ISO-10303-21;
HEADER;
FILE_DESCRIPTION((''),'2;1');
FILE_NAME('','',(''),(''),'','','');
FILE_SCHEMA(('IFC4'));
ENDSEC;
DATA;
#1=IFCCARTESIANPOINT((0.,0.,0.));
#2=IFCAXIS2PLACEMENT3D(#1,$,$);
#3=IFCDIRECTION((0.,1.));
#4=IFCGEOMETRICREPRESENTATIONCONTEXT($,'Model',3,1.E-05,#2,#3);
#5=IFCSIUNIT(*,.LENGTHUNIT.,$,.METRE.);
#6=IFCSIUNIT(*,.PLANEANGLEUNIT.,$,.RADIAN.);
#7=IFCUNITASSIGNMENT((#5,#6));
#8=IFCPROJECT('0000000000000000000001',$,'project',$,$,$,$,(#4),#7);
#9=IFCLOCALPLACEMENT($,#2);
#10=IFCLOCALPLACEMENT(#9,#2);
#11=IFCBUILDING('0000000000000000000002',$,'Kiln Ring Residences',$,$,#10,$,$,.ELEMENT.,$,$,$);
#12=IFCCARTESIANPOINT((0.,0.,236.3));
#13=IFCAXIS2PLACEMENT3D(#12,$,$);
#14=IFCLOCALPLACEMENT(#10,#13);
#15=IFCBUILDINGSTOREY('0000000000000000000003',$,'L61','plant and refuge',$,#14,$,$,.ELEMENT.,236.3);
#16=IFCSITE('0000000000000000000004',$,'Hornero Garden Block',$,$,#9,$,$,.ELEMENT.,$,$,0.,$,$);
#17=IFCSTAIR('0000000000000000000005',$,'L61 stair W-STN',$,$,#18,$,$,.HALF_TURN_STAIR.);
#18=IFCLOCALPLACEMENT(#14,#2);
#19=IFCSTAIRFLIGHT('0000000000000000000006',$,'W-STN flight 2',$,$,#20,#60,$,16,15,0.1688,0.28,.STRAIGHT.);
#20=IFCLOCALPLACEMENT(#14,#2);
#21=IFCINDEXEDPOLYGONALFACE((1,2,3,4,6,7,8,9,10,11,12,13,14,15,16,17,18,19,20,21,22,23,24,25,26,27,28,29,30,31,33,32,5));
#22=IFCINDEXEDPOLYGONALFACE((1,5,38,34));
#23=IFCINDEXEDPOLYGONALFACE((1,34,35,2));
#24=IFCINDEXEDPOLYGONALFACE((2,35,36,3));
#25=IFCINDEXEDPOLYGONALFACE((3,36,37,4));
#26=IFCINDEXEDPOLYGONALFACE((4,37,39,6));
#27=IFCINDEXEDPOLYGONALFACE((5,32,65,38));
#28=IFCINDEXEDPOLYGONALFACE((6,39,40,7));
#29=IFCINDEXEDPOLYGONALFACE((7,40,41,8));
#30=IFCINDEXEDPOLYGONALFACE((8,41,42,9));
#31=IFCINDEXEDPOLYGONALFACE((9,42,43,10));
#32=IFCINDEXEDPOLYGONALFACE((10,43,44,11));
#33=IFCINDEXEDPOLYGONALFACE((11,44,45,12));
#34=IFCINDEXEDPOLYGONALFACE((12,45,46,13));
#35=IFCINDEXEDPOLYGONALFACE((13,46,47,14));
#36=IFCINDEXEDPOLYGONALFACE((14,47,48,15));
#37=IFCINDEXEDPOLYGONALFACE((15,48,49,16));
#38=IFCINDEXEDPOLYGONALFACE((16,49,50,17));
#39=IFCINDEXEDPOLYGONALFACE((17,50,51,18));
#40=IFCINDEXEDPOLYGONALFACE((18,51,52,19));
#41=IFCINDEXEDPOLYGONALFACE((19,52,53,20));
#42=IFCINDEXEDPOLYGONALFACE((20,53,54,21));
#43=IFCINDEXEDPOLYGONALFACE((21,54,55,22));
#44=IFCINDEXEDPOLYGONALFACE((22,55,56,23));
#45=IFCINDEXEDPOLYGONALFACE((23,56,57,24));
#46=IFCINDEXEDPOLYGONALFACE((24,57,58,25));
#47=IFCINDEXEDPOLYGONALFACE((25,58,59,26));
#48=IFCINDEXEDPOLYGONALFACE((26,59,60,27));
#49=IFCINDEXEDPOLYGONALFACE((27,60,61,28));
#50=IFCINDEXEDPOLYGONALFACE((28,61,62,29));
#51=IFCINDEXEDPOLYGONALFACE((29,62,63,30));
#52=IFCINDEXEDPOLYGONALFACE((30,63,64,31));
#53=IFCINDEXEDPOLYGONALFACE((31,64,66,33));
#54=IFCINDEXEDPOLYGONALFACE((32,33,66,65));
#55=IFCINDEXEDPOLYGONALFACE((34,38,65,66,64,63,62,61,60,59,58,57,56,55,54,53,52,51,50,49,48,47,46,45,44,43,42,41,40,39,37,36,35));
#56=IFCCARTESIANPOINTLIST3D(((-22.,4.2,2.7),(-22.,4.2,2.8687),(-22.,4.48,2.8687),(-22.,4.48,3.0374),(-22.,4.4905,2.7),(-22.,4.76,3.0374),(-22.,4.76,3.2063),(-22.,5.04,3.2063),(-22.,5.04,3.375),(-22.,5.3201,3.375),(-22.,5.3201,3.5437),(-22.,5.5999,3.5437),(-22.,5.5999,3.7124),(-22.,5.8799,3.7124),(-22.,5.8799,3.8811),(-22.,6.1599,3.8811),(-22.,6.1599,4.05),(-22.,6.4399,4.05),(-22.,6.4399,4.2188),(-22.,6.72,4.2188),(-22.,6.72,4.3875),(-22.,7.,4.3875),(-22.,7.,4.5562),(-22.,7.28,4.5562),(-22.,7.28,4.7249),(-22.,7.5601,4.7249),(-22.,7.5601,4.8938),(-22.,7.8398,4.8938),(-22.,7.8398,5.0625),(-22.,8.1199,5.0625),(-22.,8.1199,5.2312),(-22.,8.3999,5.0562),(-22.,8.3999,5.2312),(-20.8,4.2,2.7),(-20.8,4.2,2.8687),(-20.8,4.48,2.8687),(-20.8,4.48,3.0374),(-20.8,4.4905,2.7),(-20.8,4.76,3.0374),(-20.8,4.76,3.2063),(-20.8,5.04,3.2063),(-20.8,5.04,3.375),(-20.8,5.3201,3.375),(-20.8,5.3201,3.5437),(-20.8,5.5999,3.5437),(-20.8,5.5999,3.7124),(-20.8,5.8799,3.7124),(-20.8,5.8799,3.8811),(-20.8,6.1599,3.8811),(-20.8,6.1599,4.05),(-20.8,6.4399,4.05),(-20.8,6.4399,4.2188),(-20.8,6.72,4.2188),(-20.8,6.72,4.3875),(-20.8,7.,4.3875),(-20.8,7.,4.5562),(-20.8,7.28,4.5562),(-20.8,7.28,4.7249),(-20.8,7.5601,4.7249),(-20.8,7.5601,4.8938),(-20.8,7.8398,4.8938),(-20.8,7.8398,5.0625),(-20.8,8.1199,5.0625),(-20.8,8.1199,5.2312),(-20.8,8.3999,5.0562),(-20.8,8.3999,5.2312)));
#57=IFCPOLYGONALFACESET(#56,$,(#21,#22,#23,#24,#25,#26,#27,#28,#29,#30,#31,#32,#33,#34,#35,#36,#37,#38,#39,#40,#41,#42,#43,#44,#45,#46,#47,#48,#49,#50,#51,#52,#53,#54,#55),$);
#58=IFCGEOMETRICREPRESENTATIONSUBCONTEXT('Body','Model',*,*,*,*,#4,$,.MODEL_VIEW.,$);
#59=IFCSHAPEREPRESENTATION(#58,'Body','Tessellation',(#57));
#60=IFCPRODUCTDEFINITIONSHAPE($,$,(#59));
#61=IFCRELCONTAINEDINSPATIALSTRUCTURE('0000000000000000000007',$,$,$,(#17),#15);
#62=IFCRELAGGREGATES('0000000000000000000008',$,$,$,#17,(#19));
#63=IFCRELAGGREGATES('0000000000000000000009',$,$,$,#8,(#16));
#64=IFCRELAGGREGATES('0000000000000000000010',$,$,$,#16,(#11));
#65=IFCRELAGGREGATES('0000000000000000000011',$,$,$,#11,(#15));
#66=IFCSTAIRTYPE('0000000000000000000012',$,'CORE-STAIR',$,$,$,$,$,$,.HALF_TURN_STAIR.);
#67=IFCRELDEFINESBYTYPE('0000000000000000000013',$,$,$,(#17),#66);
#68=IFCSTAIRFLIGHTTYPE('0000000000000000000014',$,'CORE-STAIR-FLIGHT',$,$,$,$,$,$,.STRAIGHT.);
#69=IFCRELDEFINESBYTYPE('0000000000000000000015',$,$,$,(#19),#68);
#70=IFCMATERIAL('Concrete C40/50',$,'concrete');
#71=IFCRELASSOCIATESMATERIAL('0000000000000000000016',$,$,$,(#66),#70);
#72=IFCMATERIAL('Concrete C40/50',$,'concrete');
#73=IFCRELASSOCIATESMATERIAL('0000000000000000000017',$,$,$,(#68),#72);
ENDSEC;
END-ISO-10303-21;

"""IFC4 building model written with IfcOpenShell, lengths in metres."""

from ifc_helpers import new_model, si_unit, direction, frame, origin, place, context, subcontext, project, spatial, polyline, outline, extrude, material, type_object, element, aggregate, save


model = new_model("IFC4")

# Units and contexts
model_context = context("Model", 3, precision=1e-05, world=origin(), true_north=direction((0.0, 1.0)))
body_context = subcontext(model_context, "Body", "Model", "MODEL_VIEW")
ifc_project = project(units=[si_unit("LENGTHUNIT", "METRE"), si_unit("PLANEANGLEUNIT", "RADIAN")], contexts=[model_context])

# Site, building, storey
site_placement = place(None, origin())
site = spatial("IfcSite", under=ifc_project, at=site_placement, Name="Hornero Garden Block", CompositionType="ELEMENT", RefElevation=0.0)
building_placement = place(site_placement, origin())
building = spatial("IfcBuilding", under=site, at=building_placement, Name="Kiln Ring Residences", CompositionType="ELEMENT")
storey_placement = place(building_placement, frame((0.0, 0.0, 236.3)))
storey = spatial("IfcBuildingStorey", under=building, at=storey_placement, Name="L61", Description="plant and refuge", CompositionType="ELEMENT", Elevation=236.3)

# Stair, stair flight
ifc_material_1 = material(Name="Concrete C40/50", Category="concrete")
stair_type = type_object("IfcStairType", Name="CORE-STAIR", PredefinedType="HALF_TURN_STAIR", material=ifc_material_1)
stair_placement = place(storey_placement, origin())
stair = element("IfcStair", 1, at=stair_placement, inside=storey, type_object=stair_type, Name="L61 stair W-STN", PredefinedType="HALF_TURN_STAIR")
ifc_material_2 = material(Name="Concrete C40/50", Category="concrete")
stair_flight_type = type_object("IfcStairFlightType", Name="CORE-STAIR-FLIGHT", PredefinedType="STRAIGHT", material=ifc_material_2)
stair_flight_1_placement = place(storey_placement, frame((-21.3999, 4.2, 2.7), z_axis=(0.0, 0.0, 1.0), x_axis=(0.0, 1.0, 0.0)))
stair_flight_1 = element("IfcStairFlight", 2, at=stair_flight_1_placement, type_object=stair_flight_type, Name="W-STN flight 2", NumberOfRisers=16, NumberOfTreads=15, PredefinedType="STRAIGHT", RiserHeight=0.1688, TreadLength=0.28, context=body_context, shape_type="SweptSolid", body=[
    extrude(outline(polyline([(0.0, 0.0), (0.0, 0.1687), (0.28, 0.1687), (0.28, 0.3374), (0.5601, 0.3374), (0.5601, 0.5063), (0.8401, 0.5063), (0.8401, 0.675), (1.1201, 0.675), (1.1201, 0.8438), (1.3999, 0.8438), (1.3999, 1.0125), (1.6799, 1.0125), (1.6799, 1.1812), (1.96, 1.1812), (1.96, 1.3501), (2.24, 1.3501), (2.24, 1.5188), (2.52, 1.5188), (2.52, 1.6875), (2.8, 1.6875), (2.8, 1.8562), (3.0801, 1.8562), (3.0801, 2.0249), (3.3601, 2.0249), (3.3601, 2.1938), (3.6399, 2.1938), (3.6399, 2.3625), (3.9199, 2.3625), (3.9199, 2.5312), (4.2, 2.5312), (4.2, 2.7), (4.2, 2.3562), (0.2905, 0.0), (0.0, 0.0)])), frame((0.0, 0.6001, 0.0), z_axis=(0.0, -1.0, 0.0), x_axis=(1.0, 0.0, 0.0)), (0.0, 0.0, 1.0), 1.2),
])
aggregate(stair, [stair_flight_1])

save(model, "model.ifc")
